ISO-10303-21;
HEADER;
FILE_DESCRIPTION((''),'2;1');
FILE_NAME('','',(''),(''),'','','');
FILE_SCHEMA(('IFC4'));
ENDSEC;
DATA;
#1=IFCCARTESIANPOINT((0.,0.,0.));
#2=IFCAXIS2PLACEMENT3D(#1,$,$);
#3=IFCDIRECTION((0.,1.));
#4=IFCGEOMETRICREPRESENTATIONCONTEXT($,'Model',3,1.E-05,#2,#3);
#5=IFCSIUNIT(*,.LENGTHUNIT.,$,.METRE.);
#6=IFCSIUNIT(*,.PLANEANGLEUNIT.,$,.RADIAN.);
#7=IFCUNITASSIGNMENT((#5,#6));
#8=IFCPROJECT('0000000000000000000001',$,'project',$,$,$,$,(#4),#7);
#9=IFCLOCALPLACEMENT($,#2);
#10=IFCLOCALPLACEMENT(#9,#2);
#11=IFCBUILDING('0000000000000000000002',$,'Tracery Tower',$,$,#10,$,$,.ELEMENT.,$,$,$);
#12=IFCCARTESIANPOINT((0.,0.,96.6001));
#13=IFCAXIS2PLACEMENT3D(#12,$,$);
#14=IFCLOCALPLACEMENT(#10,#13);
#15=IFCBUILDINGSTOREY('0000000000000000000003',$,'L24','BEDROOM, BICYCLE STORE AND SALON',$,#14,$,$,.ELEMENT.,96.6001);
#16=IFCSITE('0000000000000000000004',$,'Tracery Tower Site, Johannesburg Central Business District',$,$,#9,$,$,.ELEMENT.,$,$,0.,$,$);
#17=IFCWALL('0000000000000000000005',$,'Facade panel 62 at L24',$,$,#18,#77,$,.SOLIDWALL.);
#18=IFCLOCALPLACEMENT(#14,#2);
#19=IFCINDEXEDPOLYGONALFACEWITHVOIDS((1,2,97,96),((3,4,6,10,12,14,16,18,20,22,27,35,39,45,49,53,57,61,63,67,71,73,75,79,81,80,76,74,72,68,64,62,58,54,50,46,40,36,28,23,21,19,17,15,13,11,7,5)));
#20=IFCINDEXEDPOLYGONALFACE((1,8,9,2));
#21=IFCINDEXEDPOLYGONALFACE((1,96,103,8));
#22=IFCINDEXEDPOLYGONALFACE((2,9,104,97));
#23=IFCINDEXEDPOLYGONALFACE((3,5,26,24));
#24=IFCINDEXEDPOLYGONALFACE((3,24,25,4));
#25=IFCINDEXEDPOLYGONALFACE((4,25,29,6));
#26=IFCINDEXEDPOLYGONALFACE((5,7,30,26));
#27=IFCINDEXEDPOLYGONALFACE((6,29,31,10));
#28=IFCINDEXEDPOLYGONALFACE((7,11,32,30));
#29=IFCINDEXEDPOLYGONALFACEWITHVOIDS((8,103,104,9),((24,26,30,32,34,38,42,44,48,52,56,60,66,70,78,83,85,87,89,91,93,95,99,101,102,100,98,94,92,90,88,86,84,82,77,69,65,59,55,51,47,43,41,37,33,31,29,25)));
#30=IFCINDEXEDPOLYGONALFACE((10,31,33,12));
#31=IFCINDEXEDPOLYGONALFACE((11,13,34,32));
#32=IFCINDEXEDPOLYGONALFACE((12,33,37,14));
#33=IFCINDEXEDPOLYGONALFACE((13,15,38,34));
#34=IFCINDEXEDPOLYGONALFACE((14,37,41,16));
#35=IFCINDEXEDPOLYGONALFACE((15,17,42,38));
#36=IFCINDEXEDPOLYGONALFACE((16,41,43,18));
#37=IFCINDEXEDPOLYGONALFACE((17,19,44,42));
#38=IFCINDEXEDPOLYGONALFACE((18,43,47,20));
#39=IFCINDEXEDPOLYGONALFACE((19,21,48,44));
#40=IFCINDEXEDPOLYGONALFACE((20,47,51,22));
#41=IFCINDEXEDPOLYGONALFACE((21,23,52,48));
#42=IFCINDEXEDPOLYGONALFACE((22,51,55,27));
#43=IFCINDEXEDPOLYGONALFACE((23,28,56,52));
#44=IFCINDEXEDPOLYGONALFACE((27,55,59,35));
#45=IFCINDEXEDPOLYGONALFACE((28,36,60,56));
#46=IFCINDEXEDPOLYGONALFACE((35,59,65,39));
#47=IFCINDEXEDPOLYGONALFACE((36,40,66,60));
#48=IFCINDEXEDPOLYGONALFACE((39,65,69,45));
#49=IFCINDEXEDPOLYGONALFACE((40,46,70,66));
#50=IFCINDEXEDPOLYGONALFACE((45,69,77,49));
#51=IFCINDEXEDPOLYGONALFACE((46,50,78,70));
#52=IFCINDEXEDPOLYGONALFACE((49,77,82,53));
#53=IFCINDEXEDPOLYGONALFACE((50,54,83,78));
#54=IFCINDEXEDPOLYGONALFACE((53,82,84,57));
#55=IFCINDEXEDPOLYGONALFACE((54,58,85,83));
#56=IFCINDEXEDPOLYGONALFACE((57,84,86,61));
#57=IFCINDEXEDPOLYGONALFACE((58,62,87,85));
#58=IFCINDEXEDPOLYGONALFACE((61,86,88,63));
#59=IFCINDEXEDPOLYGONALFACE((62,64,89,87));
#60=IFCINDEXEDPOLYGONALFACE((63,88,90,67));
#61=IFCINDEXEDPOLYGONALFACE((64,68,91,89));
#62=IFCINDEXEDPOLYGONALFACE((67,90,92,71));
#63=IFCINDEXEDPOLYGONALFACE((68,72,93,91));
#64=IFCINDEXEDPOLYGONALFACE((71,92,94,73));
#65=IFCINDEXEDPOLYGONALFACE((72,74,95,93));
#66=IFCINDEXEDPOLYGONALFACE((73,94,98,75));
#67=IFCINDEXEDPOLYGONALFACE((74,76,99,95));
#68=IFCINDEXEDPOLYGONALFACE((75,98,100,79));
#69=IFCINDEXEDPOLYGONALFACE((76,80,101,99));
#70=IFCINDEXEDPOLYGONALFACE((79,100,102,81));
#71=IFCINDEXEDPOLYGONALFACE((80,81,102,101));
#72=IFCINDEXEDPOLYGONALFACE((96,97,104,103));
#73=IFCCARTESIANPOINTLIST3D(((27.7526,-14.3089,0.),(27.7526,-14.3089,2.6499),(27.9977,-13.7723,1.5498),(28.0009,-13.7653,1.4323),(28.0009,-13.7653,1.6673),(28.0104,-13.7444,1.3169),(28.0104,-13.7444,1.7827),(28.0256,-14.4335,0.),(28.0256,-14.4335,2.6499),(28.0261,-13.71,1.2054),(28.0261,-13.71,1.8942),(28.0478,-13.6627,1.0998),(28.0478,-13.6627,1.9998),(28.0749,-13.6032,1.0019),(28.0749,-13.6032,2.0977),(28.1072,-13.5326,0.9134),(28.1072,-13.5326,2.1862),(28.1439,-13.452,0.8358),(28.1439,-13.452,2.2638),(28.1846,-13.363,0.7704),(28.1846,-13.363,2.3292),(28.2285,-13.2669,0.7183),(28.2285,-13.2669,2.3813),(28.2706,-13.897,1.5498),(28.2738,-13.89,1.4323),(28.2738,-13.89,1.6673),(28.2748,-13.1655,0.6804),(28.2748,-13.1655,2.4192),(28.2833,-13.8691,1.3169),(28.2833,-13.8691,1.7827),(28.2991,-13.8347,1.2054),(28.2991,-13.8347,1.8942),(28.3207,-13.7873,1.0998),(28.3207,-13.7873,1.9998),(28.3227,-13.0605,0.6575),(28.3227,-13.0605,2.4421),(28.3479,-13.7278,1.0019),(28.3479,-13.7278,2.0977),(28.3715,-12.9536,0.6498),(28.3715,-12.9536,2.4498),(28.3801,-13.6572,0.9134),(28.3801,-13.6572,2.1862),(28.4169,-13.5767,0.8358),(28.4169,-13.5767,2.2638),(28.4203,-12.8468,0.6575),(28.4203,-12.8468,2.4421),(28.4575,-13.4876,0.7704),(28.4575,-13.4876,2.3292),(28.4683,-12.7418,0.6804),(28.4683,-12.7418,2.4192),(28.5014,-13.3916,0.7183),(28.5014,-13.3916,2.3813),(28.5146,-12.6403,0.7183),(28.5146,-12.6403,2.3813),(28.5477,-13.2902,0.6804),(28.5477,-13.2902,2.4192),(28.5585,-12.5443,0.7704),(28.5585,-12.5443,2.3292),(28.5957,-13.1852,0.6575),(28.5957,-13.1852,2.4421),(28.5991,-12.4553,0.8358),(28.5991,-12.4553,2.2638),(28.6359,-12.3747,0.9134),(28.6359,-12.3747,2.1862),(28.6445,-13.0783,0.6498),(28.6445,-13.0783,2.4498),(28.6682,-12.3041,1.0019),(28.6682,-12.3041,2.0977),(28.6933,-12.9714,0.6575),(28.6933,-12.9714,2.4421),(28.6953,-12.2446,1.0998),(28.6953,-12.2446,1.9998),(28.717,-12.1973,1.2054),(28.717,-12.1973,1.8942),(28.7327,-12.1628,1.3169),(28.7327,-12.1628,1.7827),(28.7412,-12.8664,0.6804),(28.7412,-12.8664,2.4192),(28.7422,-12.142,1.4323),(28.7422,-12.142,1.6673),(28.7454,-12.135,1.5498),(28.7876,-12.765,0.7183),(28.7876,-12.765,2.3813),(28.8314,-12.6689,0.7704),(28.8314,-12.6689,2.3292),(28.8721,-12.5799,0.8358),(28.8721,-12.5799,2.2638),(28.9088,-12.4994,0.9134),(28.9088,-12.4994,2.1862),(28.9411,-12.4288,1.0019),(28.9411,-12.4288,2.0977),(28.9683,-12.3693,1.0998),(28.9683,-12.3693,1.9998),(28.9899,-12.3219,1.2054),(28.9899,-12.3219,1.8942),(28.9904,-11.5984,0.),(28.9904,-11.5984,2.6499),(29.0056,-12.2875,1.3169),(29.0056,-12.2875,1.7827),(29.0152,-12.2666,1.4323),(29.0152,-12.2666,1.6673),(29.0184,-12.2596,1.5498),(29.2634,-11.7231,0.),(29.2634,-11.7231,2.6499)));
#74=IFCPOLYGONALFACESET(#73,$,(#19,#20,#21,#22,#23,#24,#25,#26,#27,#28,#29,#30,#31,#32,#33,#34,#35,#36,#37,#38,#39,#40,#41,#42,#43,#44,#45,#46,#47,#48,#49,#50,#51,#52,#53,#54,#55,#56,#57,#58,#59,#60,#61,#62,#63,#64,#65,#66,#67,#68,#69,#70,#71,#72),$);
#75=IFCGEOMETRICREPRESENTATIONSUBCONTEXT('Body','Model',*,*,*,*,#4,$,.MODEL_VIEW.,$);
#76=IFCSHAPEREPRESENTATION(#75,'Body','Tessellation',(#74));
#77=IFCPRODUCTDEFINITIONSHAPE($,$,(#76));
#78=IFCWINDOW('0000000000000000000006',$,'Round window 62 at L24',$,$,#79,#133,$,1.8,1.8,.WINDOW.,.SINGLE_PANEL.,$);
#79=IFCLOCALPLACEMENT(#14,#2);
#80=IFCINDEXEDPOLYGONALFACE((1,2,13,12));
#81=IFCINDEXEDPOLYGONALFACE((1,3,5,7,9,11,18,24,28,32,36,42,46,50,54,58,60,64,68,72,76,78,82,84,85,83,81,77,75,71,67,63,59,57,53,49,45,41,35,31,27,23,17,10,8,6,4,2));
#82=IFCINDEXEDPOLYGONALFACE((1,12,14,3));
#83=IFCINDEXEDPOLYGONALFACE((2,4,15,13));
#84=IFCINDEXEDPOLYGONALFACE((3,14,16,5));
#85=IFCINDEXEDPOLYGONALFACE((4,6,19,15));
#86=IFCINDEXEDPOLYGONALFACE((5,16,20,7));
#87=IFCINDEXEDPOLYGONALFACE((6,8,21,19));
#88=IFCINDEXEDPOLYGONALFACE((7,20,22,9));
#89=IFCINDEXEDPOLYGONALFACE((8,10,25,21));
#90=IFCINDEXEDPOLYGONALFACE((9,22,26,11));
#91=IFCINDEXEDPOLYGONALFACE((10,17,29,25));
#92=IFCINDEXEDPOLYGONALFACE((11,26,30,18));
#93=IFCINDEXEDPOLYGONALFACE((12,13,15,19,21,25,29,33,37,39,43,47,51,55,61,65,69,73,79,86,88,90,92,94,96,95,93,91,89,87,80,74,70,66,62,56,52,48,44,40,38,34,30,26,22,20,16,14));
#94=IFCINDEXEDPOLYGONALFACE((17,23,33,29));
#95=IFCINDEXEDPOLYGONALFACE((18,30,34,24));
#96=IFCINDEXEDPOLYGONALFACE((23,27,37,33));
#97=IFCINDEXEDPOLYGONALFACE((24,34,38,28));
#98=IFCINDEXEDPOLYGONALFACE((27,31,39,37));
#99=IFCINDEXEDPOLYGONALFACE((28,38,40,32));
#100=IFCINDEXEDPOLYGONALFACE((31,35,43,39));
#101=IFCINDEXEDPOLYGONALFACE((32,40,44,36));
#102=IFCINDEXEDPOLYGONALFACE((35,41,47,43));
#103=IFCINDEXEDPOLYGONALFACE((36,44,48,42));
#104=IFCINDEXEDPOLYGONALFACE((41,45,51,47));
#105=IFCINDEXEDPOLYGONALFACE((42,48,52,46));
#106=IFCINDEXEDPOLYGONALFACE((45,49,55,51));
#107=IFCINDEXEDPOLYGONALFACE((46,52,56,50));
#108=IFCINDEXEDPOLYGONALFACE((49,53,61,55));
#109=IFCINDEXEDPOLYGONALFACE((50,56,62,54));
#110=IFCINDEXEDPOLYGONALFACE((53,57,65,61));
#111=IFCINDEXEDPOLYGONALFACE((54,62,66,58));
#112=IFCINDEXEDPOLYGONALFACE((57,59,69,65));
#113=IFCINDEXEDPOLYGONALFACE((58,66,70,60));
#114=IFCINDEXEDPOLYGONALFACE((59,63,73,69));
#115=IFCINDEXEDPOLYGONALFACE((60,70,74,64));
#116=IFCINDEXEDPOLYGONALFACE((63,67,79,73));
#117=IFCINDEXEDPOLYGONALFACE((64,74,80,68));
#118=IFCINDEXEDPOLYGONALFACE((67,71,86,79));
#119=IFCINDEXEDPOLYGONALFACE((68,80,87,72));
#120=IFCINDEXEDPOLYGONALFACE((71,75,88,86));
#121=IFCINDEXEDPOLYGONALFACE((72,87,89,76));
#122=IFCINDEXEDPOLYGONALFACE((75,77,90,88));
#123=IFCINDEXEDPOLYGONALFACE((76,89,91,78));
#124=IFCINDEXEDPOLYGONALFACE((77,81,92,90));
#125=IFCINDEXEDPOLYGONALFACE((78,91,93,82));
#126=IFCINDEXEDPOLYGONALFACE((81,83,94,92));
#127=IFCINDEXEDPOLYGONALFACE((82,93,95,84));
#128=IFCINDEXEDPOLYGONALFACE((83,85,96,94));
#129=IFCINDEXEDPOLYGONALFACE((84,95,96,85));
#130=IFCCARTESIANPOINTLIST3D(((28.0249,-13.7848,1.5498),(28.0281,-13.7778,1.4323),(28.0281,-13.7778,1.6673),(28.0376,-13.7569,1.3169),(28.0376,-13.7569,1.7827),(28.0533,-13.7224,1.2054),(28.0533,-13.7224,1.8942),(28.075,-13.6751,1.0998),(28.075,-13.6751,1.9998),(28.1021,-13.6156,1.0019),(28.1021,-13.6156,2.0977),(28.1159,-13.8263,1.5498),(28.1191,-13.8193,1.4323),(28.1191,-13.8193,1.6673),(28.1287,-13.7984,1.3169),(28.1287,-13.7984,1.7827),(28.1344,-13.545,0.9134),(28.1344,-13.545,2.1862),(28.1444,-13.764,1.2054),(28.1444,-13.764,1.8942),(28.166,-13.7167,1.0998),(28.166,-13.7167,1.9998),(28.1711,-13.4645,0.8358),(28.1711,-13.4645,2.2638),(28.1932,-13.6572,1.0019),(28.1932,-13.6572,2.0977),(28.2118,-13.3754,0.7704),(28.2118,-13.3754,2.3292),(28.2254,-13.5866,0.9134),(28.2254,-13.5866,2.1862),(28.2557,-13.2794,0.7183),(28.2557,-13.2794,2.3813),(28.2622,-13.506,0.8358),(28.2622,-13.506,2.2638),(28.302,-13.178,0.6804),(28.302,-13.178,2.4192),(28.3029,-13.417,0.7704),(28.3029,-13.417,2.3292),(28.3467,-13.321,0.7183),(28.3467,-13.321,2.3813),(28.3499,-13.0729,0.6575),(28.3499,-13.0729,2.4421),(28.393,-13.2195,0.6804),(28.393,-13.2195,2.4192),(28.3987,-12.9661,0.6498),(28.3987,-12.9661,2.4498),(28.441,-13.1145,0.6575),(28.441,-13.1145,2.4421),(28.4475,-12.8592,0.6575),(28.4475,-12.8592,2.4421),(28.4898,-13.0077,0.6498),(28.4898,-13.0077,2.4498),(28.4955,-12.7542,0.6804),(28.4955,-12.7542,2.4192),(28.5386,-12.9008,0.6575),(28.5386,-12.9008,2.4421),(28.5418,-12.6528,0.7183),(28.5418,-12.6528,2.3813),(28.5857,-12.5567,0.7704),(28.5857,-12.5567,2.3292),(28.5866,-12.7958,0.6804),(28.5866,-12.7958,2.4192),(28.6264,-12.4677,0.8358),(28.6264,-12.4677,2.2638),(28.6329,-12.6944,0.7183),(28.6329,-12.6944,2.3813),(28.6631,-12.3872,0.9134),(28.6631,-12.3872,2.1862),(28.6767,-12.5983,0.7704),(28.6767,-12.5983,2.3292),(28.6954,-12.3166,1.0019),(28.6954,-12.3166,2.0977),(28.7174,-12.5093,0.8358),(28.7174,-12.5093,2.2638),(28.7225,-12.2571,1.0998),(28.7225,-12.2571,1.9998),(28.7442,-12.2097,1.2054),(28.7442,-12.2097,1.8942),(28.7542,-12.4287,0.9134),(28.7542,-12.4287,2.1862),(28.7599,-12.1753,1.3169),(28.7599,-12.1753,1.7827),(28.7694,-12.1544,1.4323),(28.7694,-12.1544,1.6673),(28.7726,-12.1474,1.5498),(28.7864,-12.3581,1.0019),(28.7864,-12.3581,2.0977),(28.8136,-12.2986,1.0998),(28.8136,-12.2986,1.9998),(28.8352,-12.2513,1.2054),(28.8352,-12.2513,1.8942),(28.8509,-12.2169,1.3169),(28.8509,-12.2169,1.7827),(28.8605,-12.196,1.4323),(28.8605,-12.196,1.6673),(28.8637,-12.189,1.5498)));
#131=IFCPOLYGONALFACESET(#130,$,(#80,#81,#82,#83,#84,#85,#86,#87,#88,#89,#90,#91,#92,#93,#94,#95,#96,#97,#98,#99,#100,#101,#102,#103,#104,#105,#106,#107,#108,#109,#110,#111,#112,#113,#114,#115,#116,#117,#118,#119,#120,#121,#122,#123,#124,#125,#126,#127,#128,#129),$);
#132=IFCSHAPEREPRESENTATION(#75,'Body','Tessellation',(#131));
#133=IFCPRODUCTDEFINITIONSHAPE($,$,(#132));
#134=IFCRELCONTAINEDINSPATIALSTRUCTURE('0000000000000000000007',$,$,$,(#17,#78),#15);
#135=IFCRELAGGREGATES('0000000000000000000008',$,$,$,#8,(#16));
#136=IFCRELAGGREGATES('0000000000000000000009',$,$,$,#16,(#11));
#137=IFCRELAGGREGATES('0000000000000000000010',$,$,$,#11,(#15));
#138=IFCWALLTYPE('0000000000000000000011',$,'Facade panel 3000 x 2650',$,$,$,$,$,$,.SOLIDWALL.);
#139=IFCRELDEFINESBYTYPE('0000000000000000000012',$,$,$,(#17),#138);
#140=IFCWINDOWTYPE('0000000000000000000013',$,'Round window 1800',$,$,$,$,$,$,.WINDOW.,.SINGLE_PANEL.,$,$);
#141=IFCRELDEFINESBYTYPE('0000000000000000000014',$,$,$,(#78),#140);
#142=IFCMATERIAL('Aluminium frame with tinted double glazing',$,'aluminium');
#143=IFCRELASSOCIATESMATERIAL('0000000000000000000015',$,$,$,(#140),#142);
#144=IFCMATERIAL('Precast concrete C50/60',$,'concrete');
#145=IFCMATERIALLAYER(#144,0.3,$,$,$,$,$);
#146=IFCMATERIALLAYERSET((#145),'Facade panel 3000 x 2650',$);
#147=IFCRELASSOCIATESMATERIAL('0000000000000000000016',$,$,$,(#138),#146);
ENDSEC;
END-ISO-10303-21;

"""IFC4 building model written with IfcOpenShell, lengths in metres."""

from ifc_helpers import new_model, si_unit, direction, frame, frame_2d, origin, origin_2d, place, context, subcontext, project, spatial, rectangle, circle, extrude, material, layer, layer_set, type_object, element, fill, save


model = new_model("IFC4")

# Units and contexts
model_context = context("Model", 3, precision=1e-05, world=origin(), true_north=direction((0.0, 1.0)))
body_context = subcontext(model_context, "Body", "Model", "MODEL_VIEW")
ifc_project = project(units=[si_unit("LENGTHUNIT", "METRE"), si_unit("PLANEANGLEUNIT", "RADIAN")], contexts=[model_context])

# Site, building, storey
site_placement = place(None, origin())
site = spatial("IfcSite", under=ifc_project, at=site_placement, Name="Tracery Tower Site, Johannesburg Central Business District", CompositionType="ELEMENT", RefElevation=0.0)
building_placement = place(site_placement, origin())
building = spatial("IfcBuilding", under=site, at=building_placement, Name="Tracery Tower", CompositionType="ELEMENT")
storey_placement = place(building_placement, frame((0.0, 0.0, 96.6001)))
storey = spatial("IfcBuildingStorey", under=building, at=storey_placement, Name="L24", Description="BEDROOM, BICYCLE STORE AND SALON", CompositionType="ELEMENT", Elevation=96.6001)

# Wall, opening, window
ifc_material_1 = material(Name="Aluminium frame with tinted double glazing", Category="aluminium")
window_type = type_object("IfcWindowType", Name="Round window 1800", PartitioningType="SINGLE_PANEL", PredefinedType="WINDOW", material=ifc_material_1)
ifc_material_2 = material(Name="Precast concrete C50/60", Category="concrete")
ifc_layer_1 = layer(ifc_material_2, 0.3)
ifc_layer_set_1 = layer_set([ifc_layer_1], Name="Facade panel 3000 x 2650")
wall_type_1 = type_object("IfcWallType", Name="Facade panel 3000 x 2650", PredefinedType="SOLIDWALL", material=ifc_layer_set_1)
wall_1_placement = place(storey_placement, frame((27.8892, -14.3711, 0.0), z_axis=(0.0, 0.0, 1.0), x_axis=(0.415407, 0.909636, 0.0)))
wall_1 = element("IfcWall", 1, at=wall_1_placement, inside=storey, type_object=wall_type_1, Name="Facade panel 62 at L24", PredefinedType="SOLIDWALL", context=body_context, shape_type="SweptSolid", body=[
    extrude(rectangle(XDim=2.9797, YDim=0.3, at=frame_2d((1.4897, 0.0))), origin(), (0.0, 0.0, 1.0), 2.6499),
])
opening_1_placement = place(wall_1_placement, frame((1.4897, 0.0, 1.5498)))
opening_1 = element("IfcOpeningElement", 2, at=opening_1_placement, cuts=wall_1, PredefinedType="OPENING", context=body_context, shape_type="SweptSolid", body=[
    extrude(circle(Radius=0.9, at=origin_2d()), frame((0.0, 0.1599, 0.0), z_axis=(0.0, -1.0, 0.0), x_axis=(1.0, 0.0, 0.0)), (0.0, 0.0, 1.0), 0.3201),
])
window_1_placement = place(opening_1_placement, origin())
window_1 = element("IfcWindow", 3, at=window_1_placement, inside=storey, type_object=window_type, Name="Round window 62 at L24", OverallHeight=1.8, OverallWidth=1.8, PartitioningType="SINGLE_PANEL", PredefinedType="WINDOW", context=body_context, shape_type="SweptSolid", body=[
    extrude(circle(Radius=0.9, at=origin_2d()), frame((0.0, 0.1201, 0.0), z_axis=(0.0, -1.0, 0.0), x_axis=(1.0, 0.0, 0.0)), (0.0, 0.0, 1.0), 0.1001),
])
fill(opening_1, window_1)

save(model, "model.ifc")
